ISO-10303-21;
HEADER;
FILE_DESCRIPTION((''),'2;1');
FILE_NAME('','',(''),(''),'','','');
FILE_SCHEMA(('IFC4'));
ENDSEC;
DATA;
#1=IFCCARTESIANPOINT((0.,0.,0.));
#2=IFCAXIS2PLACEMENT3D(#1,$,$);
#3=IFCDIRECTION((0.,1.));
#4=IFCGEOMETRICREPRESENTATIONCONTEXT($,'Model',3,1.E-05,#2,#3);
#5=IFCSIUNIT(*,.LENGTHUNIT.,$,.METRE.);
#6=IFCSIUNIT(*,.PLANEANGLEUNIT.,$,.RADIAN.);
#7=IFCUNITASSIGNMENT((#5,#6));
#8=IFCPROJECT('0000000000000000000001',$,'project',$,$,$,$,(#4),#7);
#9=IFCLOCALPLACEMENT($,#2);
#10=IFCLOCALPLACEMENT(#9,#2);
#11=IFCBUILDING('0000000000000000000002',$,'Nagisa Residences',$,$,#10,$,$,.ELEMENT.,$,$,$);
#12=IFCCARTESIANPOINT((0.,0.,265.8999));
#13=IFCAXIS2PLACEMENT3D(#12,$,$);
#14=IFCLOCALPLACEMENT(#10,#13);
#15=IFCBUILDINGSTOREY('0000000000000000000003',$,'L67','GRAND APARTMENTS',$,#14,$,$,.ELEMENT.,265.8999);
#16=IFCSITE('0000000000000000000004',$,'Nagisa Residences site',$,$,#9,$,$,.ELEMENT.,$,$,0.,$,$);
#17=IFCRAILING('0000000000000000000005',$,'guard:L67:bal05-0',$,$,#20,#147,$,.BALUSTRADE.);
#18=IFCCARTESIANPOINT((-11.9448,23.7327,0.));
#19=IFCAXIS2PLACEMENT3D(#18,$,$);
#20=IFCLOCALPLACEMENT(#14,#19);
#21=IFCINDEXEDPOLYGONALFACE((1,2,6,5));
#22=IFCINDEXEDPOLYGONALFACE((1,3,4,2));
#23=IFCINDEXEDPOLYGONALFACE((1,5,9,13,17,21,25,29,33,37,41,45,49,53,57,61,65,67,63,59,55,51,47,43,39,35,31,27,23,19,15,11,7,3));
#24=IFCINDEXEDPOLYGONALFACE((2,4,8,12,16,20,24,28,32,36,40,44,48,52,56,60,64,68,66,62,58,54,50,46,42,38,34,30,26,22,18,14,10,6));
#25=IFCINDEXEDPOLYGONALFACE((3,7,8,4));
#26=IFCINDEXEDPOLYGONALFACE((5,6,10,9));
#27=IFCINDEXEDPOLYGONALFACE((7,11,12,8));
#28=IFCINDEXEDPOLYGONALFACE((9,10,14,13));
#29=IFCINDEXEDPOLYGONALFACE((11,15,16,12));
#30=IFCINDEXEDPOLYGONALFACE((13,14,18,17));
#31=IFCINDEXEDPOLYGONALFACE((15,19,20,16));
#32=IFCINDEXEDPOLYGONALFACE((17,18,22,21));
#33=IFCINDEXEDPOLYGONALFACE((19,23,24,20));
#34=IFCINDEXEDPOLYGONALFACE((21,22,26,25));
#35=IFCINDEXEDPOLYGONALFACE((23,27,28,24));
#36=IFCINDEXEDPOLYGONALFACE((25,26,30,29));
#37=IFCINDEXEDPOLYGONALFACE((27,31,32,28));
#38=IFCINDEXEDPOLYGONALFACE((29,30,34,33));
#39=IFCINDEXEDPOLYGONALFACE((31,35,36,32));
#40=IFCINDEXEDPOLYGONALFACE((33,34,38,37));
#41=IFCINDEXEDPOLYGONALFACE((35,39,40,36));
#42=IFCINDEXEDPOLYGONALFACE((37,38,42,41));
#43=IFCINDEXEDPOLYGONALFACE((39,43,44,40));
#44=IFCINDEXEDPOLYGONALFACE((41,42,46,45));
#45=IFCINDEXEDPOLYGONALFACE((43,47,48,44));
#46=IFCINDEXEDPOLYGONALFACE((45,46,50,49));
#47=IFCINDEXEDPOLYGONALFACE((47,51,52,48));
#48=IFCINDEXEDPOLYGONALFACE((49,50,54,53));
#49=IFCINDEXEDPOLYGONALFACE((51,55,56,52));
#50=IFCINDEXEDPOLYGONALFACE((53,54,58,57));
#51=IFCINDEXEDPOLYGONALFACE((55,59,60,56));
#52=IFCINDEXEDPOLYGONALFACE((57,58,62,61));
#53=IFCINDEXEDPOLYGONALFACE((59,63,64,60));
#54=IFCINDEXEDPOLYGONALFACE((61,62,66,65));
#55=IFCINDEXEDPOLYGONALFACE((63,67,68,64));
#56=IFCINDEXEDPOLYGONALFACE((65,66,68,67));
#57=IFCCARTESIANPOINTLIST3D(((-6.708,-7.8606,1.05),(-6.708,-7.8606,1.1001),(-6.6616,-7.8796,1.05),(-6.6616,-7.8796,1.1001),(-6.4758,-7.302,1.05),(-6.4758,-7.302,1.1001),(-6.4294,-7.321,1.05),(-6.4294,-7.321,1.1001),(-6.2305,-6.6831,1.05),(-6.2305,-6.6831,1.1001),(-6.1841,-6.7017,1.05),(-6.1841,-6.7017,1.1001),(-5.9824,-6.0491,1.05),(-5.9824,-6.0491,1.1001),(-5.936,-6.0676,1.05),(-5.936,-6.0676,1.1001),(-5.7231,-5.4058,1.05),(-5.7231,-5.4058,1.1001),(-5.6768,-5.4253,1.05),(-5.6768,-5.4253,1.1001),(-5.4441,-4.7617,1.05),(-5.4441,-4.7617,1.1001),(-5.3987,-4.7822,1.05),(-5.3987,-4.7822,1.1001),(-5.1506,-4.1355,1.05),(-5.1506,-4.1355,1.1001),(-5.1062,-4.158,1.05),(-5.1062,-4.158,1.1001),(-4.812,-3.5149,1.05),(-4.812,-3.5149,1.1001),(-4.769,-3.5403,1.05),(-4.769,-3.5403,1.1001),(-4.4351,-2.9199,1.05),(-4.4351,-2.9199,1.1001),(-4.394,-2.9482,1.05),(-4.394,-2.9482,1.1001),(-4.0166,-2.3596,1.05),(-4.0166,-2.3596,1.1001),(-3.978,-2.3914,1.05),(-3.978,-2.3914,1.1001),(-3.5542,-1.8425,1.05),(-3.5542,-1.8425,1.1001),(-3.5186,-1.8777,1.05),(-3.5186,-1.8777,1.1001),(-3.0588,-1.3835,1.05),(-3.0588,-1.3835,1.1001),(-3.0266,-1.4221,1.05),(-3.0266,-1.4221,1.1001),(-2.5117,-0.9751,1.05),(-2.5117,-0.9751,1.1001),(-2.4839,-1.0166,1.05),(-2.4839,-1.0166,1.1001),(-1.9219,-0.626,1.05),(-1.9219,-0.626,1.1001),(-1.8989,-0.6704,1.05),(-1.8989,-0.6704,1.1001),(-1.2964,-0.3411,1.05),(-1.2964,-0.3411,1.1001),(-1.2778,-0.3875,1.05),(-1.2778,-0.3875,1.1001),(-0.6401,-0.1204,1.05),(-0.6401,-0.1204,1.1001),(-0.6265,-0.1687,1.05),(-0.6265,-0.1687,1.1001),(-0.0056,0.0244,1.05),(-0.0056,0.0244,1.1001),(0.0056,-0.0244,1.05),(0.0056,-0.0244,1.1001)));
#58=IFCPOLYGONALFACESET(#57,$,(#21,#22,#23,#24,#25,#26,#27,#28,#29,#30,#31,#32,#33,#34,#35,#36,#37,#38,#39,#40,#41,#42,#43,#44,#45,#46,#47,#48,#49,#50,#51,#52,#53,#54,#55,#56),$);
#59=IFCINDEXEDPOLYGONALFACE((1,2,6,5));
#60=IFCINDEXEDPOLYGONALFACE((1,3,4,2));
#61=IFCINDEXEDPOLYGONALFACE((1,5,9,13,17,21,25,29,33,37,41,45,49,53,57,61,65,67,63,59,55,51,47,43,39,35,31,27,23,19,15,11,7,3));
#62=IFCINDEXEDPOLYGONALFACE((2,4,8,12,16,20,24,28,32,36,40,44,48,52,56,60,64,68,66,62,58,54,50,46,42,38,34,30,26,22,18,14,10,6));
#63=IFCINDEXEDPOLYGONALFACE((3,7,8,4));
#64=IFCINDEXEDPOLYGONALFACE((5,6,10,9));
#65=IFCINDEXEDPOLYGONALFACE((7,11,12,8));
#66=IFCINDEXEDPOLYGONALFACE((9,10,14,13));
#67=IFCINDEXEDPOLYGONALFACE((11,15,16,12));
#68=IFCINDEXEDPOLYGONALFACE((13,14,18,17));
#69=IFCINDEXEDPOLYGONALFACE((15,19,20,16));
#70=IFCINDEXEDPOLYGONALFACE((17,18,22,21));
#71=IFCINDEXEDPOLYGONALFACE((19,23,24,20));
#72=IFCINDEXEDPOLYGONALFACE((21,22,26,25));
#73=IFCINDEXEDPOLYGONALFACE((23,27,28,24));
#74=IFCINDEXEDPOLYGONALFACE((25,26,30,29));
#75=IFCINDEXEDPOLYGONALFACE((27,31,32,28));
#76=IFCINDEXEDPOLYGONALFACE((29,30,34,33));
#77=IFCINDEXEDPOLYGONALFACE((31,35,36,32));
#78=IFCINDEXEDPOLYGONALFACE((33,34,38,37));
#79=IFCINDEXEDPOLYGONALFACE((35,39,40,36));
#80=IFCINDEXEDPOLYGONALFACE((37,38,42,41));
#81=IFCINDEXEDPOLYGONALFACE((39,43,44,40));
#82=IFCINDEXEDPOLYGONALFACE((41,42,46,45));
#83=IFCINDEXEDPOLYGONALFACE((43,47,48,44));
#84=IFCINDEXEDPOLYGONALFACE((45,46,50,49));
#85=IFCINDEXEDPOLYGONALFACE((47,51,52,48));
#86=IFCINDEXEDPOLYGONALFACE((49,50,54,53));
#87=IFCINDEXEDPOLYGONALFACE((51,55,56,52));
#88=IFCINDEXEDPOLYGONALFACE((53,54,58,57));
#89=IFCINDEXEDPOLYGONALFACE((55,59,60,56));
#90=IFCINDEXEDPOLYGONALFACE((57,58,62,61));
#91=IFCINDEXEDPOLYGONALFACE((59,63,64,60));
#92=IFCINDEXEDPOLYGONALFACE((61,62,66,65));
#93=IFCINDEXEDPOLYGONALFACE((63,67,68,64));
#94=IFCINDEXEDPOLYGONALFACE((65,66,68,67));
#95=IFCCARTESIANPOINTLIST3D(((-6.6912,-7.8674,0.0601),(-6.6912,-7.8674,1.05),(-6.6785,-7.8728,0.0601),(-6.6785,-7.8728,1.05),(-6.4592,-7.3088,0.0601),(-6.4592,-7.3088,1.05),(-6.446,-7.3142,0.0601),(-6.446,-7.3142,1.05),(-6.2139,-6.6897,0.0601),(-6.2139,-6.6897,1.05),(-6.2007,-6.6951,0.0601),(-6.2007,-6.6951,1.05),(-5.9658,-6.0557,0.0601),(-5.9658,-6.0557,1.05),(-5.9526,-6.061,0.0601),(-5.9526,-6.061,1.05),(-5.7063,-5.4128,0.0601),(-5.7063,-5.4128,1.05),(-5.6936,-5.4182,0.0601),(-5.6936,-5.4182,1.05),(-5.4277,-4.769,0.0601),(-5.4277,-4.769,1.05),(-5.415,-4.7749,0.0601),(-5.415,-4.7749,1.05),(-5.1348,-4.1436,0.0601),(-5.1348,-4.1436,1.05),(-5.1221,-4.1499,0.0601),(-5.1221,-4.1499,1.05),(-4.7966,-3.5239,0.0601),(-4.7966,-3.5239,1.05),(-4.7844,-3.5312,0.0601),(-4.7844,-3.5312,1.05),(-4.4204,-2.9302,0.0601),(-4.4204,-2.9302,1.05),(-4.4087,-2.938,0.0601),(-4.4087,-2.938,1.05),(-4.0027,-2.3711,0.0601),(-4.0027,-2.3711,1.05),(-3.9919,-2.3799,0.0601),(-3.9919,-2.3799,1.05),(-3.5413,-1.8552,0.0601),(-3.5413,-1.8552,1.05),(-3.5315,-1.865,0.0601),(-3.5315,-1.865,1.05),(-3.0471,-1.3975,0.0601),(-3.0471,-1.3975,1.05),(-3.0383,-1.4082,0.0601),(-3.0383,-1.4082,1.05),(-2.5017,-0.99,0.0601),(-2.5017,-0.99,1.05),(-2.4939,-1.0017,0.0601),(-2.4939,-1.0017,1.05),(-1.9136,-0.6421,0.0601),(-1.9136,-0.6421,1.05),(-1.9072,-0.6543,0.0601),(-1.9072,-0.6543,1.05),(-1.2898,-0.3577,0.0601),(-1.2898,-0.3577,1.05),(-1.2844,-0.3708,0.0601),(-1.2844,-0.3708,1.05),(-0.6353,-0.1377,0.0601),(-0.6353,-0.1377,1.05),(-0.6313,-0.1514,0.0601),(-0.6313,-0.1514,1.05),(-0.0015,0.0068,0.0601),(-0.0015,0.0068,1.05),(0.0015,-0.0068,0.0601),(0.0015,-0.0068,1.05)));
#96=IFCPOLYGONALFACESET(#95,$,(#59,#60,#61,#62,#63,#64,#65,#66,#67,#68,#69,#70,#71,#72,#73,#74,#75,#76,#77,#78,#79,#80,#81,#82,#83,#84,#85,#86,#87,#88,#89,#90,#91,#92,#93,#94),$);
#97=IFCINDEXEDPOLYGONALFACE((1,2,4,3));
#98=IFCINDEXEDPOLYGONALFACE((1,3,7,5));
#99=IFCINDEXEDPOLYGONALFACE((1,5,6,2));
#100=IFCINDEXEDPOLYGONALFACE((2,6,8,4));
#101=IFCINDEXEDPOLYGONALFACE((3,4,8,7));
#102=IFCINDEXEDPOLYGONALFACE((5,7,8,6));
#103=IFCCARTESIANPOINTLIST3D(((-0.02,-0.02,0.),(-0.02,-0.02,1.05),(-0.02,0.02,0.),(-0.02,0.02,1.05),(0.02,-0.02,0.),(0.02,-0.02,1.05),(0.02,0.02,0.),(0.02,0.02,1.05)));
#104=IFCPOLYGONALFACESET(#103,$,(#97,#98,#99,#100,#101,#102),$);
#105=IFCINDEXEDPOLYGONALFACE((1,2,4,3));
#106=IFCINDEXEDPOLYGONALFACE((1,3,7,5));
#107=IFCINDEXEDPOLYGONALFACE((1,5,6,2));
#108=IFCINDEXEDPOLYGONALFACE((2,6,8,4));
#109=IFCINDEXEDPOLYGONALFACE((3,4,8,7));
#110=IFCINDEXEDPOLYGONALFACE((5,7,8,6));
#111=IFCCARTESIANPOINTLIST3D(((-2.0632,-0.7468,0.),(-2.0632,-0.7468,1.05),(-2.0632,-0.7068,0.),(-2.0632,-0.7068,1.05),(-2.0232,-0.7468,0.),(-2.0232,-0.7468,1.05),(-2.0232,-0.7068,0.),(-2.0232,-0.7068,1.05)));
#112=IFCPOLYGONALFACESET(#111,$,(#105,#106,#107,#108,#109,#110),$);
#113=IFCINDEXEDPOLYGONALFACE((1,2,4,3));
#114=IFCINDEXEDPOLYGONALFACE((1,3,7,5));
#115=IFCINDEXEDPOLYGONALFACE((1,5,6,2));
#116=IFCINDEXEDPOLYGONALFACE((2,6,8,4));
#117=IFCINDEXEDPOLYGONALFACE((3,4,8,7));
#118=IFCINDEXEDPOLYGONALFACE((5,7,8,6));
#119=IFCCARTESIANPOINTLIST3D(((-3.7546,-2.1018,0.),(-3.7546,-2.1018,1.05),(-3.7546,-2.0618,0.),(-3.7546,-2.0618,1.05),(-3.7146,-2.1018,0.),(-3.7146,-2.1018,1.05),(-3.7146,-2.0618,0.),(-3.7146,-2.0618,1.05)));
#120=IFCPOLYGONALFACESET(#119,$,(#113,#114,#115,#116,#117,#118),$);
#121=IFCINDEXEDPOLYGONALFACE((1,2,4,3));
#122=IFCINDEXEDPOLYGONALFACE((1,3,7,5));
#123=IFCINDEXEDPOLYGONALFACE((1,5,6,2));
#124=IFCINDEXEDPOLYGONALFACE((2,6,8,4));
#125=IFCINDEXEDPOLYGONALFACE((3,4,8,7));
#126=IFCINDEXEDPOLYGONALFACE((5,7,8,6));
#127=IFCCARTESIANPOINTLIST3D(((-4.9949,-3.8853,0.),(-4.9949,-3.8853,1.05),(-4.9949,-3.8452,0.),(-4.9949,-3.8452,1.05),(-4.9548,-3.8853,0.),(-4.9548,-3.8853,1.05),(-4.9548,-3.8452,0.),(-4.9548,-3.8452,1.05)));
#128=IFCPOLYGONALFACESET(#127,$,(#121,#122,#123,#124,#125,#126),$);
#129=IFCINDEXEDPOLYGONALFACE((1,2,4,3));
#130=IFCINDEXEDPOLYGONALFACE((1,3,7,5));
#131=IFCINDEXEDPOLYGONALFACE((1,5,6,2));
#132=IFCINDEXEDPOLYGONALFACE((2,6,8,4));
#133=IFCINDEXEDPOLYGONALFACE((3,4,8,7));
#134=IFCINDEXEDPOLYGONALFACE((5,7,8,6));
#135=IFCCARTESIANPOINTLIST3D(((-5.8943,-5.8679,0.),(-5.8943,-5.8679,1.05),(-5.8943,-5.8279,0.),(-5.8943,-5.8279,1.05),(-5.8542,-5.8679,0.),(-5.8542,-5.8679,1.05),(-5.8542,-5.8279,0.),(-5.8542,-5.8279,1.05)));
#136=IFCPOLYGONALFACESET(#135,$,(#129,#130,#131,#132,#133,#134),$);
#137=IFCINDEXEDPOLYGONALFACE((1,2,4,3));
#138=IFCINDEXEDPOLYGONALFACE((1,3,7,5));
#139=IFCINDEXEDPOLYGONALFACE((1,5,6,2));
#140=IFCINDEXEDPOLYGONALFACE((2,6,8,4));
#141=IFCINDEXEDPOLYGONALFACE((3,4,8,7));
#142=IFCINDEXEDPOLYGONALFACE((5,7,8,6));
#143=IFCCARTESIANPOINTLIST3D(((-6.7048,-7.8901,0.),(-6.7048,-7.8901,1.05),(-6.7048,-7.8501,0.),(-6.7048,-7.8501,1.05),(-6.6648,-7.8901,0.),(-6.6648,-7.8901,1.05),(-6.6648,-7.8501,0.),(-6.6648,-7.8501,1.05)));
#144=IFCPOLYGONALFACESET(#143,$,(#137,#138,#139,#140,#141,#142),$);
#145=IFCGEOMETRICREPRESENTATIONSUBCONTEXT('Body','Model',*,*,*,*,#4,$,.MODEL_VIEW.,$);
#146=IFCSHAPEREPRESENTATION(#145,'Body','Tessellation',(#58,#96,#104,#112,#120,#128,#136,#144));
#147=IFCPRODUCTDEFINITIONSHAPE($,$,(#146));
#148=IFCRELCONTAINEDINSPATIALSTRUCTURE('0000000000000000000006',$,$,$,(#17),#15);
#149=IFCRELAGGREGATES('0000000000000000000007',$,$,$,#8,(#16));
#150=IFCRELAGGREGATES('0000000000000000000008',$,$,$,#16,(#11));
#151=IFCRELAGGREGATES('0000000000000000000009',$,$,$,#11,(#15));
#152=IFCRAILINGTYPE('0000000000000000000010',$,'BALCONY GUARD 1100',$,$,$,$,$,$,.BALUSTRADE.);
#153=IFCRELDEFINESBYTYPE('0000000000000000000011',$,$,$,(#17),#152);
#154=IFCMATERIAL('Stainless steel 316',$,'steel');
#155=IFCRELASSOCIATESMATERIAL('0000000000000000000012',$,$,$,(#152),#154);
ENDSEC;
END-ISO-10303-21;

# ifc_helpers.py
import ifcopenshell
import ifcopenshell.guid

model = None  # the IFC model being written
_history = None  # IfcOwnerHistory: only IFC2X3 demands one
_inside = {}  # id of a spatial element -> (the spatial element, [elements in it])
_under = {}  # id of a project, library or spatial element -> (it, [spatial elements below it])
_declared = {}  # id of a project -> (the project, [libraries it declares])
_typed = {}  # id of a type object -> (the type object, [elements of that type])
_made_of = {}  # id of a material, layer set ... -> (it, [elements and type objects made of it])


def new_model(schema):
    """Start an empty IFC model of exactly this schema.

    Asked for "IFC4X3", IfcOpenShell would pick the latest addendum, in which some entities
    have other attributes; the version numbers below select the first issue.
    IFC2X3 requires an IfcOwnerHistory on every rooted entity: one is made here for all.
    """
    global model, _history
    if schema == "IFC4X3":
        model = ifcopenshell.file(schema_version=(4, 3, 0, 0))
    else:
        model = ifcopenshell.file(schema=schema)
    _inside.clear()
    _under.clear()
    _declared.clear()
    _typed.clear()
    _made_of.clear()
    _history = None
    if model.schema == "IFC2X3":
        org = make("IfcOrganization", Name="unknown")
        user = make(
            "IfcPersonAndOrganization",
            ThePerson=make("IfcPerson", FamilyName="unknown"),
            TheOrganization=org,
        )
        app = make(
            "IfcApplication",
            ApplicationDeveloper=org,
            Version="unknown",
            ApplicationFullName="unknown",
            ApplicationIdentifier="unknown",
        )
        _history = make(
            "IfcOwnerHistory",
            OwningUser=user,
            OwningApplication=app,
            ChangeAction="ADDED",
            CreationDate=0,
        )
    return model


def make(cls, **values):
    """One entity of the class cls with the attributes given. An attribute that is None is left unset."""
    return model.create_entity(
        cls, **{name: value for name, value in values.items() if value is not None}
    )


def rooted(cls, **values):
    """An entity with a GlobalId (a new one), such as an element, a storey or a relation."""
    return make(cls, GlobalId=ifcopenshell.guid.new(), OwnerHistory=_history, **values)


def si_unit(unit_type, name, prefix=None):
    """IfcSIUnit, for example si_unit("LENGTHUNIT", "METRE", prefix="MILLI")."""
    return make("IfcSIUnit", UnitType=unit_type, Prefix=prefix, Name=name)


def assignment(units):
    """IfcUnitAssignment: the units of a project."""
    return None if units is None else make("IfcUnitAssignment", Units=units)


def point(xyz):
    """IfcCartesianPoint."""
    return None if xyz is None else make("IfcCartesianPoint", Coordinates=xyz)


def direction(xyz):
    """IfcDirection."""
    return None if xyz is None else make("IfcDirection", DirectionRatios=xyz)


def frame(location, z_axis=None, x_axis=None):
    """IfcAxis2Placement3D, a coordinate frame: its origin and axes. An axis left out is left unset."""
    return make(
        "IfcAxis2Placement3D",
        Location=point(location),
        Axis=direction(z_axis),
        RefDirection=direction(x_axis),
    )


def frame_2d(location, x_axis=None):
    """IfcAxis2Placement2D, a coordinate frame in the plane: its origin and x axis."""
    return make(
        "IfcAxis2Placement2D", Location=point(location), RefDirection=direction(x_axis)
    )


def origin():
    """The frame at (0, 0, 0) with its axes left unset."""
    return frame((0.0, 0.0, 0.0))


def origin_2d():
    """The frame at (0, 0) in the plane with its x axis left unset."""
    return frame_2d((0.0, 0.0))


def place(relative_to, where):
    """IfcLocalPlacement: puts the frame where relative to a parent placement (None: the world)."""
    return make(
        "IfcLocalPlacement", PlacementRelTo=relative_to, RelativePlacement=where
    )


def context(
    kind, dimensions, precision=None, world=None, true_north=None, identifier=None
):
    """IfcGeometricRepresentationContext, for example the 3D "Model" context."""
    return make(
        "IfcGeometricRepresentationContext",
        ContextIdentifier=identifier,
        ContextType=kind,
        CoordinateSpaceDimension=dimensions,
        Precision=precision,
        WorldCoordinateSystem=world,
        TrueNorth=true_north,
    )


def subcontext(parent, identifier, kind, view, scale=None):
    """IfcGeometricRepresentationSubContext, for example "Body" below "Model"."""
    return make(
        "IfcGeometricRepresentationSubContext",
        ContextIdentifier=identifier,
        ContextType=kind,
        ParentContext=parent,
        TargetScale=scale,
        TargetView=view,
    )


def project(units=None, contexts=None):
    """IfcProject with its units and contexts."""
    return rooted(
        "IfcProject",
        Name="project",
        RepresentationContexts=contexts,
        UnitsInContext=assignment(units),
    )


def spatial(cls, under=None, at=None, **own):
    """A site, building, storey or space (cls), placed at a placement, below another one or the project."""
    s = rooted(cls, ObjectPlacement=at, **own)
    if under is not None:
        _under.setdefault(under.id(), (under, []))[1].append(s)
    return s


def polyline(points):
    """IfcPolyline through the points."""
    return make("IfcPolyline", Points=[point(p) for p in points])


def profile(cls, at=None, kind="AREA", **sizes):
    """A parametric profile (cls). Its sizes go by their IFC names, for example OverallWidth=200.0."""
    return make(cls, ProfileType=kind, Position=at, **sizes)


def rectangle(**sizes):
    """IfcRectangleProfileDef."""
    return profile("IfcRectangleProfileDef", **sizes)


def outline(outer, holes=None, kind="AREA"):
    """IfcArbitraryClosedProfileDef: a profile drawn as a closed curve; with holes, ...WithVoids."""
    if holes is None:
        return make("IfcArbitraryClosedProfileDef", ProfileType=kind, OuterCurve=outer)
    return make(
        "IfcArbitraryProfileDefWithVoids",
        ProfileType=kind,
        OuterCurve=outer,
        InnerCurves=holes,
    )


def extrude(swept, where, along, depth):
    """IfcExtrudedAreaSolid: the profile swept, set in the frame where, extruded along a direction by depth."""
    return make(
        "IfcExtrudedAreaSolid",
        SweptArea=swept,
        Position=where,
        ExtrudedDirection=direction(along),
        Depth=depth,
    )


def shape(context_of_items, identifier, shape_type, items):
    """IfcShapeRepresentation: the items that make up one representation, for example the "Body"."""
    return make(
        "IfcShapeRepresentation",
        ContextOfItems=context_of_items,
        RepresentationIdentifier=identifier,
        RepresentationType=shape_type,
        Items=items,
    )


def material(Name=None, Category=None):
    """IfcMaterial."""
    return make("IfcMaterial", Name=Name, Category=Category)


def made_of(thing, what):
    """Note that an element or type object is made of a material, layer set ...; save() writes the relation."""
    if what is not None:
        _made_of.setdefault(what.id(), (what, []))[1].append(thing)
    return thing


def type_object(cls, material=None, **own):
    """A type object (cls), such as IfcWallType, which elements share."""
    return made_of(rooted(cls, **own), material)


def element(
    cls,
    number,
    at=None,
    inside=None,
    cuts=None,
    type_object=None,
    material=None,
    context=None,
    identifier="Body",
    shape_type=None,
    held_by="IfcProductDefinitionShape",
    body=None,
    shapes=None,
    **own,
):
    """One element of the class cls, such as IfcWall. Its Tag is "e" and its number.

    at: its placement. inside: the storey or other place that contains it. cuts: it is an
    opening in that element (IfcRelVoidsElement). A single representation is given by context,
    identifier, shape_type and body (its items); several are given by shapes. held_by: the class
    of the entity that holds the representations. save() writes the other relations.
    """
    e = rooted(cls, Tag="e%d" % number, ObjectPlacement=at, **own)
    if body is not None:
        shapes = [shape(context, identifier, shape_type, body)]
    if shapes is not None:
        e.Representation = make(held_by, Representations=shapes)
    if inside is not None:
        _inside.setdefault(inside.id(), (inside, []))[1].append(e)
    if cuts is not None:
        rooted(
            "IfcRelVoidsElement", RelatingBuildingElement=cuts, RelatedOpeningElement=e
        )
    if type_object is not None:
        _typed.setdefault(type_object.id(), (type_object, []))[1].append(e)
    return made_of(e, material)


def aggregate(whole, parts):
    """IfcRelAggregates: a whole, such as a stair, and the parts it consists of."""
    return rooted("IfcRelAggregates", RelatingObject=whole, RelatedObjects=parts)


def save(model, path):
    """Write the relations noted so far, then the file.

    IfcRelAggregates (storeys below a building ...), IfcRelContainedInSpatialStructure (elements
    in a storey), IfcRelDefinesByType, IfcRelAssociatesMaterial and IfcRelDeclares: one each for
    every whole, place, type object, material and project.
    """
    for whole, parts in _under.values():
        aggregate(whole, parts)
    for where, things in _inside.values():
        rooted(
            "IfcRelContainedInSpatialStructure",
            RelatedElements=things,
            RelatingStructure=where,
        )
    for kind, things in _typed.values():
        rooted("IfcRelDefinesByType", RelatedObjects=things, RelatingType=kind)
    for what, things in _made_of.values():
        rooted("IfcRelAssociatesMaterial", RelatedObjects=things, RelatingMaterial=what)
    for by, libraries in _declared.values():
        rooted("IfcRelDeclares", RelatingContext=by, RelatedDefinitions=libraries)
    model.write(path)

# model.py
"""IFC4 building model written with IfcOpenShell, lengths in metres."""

from ifc_helpers import new_model, si_unit, direction, frame, origin, origin_2d, place, context, subcontext, project, spatial, polyline, rectangle, outline, extrude, material, type_object, element, save


model = new_model("IFC4")

# Units and contexts
model_context = context("Model", 3, precision=1e-05, world=origin(), true_north=direction((0.0, 1.0)))
body_context = subcontext(model_context, "Body", "Model", "MODEL_VIEW")
ifc_project = project(units=[si_unit("LENGTHUNIT", "METRE"), si_unit("PLANEANGLEUNIT", "RADIAN")], contexts=[model_context])

# Site, building, storey
site_placement = place(None, origin())
site = spatial("IfcSite", under=ifc_project, at=site_placement, Name="Nagisa Residences site", CompositionType="ELEMENT", RefElevation=0.0)
building_placement = place(site_placement, origin())
building = spatial("IfcBuilding", under=site, at=building_placement, Name="Nagisa Residences", CompositionType="ELEMENT")
storey_placement = place(building_placement, frame((0.0, 0.0, 265.8999)))
storey = spatial("IfcBuildingStorey", under=building, at=storey_placement, Name="L67", Description="GRAND APARTMENTS", CompositionType="ELEMENT", Elevation=265.8999)

# Railing
ifc_material_1 = material(Name="Stainless steel 316", Category="steel")
railing_type = type_object("IfcRailingType", Name="BALCONY GUARD 1100", PredefinedType="BALUSTRADE", material=ifc_material_1)
railing_1_placement = place(storey_placement, frame((-11.9448, 23.7327, 0.0)))
element("IfcRailing", 1, at=railing_1_placement, inside=storey, type_object=railing_type, Name="guard:L67:bal05-0", PredefinedType="BALUSTRADE", context=body_context, shape_type="SweptSolid", body=[
    extrude(outline(polyline([(-0.6265, -0.1687), (0.0056, -0.0244), (-0.0056, 0.0244), (-0.6401, -0.1204), (-1.2964, -0.3411), (-1.9219, -0.626), (-2.5117, -0.9751), (-3.0588, -1.3835), (-3.5542, -1.8425), (-4.0166, -2.3596), (-4.4351, -2.9199), (-4.812, -3.5149), (-5.1506, -4.1355), (-5.4441, -4.7617), (-5.7231, -5.4058), (-5.9824, -6.0491), (-6.2305, -6.6831), (-6.4758, -7.302), (-6.708, -7.8606), (-6.6616, -7.8796), (-6.4294, -7.321), (-6.1841, -6.7017), (-5.936, -6.0676), (-5.6768, -5.4253), (-5.3987, -4.7822), (-5.1062, -4.158), (-4.769, -3.5403), (-4.394, -2.9482), (-3.978, -2.3914), (-3.5186, -1.8777), (-3.0266, -1.4221), (-2.4839, -1.0166), (-1.8989, -0.6704), (-1.2778, -0.3875), (-0.6265, -0.1687)])), frame((0.0, 0.0, 1.05)), (0.0, 0.0, 1.0), 0.05),
    extrude(outline(polyline([(-0.6313, -0.1514), (0.0015, -0.0068), (-0.0015, 0.0068), (-0.6353, -0.1377), (-1.2898, -0.3577), (-1.9136, -0.6421), (-2.5017, -0.99), (-3.0471, -1.3975), (-3.5413, -1.8552), (-4.0027, -2.3711), (-4.4204, -2.9302), (-4.7966, -3.5239), (-5.1348, -4.1436), (-5.4277, -4.769), (-5.7063, -5.4128), (-5.9658, -6.0557), (-6.2139, -6.6897), (-6.4592, -7.3088), (-6.6912, -7.8674), (-6.6785, -7.8728), (-6.446, -7.3142), (-6.2007, -6.6951), (-5.9526, -6.061), (-5.6936, -5.4182), (-5.415, -4.7749), (-5.1221, -4.1499), (-4.7844, -3.5312), (-4.4087, -2.938), (-3.9919, -2.3799), (-3.5315, -1.865), (-3.0383, -1.4082), (-2.4939, -1.0017), (-1.9072, -0.6543), (-1.2844, -0.3708), (-0.6313, -0.1514)])), frame((0.0, 0.0, 0.0601)), (0.0, 0.0, 1.0), 0.99),
    extrude(rectangle(XDim=0.04, YDim=0.04, at=origin_2d()), origin(), (0.0, 0.0, 1.0), 1.05),
    extrude(rectangle(XDim=0.04, YDim=0.04, at=origin_2d()), frame((-2.0432, -0.7268, 0.0)), (0.0, 0.0, 1.0), 1.05),
    extrude(rectangle(XDim=0.04, YDim=0.04, at=origin_2d()), frame((-3.7346, -2.0818, 0.0)), (0.0, 0.0, 1.0), 1.05),
    extrude(rectangle(XDim=0.04, YDim=0.04, at=origin_2d()), frame((-4.9749, -3.8652, 0.0)), (0.0, 0.0, 1.0), 1.05),
    extrude(rectangle(XDim=0.04, YDim=0.04, at=origin_2d()), frame((-5.8743, -5.8479, 0.0)), (0.0, 0.0, 1.0), 1.05),
    extrude(rectangle(XDim=0.04, YDim=0.04, at=origin_2d()), frame((-6.6848, -7.8701, 0.0)), (0.0, 0.0, 1.0), 1.05),
])

save(model, "model.ifc")
